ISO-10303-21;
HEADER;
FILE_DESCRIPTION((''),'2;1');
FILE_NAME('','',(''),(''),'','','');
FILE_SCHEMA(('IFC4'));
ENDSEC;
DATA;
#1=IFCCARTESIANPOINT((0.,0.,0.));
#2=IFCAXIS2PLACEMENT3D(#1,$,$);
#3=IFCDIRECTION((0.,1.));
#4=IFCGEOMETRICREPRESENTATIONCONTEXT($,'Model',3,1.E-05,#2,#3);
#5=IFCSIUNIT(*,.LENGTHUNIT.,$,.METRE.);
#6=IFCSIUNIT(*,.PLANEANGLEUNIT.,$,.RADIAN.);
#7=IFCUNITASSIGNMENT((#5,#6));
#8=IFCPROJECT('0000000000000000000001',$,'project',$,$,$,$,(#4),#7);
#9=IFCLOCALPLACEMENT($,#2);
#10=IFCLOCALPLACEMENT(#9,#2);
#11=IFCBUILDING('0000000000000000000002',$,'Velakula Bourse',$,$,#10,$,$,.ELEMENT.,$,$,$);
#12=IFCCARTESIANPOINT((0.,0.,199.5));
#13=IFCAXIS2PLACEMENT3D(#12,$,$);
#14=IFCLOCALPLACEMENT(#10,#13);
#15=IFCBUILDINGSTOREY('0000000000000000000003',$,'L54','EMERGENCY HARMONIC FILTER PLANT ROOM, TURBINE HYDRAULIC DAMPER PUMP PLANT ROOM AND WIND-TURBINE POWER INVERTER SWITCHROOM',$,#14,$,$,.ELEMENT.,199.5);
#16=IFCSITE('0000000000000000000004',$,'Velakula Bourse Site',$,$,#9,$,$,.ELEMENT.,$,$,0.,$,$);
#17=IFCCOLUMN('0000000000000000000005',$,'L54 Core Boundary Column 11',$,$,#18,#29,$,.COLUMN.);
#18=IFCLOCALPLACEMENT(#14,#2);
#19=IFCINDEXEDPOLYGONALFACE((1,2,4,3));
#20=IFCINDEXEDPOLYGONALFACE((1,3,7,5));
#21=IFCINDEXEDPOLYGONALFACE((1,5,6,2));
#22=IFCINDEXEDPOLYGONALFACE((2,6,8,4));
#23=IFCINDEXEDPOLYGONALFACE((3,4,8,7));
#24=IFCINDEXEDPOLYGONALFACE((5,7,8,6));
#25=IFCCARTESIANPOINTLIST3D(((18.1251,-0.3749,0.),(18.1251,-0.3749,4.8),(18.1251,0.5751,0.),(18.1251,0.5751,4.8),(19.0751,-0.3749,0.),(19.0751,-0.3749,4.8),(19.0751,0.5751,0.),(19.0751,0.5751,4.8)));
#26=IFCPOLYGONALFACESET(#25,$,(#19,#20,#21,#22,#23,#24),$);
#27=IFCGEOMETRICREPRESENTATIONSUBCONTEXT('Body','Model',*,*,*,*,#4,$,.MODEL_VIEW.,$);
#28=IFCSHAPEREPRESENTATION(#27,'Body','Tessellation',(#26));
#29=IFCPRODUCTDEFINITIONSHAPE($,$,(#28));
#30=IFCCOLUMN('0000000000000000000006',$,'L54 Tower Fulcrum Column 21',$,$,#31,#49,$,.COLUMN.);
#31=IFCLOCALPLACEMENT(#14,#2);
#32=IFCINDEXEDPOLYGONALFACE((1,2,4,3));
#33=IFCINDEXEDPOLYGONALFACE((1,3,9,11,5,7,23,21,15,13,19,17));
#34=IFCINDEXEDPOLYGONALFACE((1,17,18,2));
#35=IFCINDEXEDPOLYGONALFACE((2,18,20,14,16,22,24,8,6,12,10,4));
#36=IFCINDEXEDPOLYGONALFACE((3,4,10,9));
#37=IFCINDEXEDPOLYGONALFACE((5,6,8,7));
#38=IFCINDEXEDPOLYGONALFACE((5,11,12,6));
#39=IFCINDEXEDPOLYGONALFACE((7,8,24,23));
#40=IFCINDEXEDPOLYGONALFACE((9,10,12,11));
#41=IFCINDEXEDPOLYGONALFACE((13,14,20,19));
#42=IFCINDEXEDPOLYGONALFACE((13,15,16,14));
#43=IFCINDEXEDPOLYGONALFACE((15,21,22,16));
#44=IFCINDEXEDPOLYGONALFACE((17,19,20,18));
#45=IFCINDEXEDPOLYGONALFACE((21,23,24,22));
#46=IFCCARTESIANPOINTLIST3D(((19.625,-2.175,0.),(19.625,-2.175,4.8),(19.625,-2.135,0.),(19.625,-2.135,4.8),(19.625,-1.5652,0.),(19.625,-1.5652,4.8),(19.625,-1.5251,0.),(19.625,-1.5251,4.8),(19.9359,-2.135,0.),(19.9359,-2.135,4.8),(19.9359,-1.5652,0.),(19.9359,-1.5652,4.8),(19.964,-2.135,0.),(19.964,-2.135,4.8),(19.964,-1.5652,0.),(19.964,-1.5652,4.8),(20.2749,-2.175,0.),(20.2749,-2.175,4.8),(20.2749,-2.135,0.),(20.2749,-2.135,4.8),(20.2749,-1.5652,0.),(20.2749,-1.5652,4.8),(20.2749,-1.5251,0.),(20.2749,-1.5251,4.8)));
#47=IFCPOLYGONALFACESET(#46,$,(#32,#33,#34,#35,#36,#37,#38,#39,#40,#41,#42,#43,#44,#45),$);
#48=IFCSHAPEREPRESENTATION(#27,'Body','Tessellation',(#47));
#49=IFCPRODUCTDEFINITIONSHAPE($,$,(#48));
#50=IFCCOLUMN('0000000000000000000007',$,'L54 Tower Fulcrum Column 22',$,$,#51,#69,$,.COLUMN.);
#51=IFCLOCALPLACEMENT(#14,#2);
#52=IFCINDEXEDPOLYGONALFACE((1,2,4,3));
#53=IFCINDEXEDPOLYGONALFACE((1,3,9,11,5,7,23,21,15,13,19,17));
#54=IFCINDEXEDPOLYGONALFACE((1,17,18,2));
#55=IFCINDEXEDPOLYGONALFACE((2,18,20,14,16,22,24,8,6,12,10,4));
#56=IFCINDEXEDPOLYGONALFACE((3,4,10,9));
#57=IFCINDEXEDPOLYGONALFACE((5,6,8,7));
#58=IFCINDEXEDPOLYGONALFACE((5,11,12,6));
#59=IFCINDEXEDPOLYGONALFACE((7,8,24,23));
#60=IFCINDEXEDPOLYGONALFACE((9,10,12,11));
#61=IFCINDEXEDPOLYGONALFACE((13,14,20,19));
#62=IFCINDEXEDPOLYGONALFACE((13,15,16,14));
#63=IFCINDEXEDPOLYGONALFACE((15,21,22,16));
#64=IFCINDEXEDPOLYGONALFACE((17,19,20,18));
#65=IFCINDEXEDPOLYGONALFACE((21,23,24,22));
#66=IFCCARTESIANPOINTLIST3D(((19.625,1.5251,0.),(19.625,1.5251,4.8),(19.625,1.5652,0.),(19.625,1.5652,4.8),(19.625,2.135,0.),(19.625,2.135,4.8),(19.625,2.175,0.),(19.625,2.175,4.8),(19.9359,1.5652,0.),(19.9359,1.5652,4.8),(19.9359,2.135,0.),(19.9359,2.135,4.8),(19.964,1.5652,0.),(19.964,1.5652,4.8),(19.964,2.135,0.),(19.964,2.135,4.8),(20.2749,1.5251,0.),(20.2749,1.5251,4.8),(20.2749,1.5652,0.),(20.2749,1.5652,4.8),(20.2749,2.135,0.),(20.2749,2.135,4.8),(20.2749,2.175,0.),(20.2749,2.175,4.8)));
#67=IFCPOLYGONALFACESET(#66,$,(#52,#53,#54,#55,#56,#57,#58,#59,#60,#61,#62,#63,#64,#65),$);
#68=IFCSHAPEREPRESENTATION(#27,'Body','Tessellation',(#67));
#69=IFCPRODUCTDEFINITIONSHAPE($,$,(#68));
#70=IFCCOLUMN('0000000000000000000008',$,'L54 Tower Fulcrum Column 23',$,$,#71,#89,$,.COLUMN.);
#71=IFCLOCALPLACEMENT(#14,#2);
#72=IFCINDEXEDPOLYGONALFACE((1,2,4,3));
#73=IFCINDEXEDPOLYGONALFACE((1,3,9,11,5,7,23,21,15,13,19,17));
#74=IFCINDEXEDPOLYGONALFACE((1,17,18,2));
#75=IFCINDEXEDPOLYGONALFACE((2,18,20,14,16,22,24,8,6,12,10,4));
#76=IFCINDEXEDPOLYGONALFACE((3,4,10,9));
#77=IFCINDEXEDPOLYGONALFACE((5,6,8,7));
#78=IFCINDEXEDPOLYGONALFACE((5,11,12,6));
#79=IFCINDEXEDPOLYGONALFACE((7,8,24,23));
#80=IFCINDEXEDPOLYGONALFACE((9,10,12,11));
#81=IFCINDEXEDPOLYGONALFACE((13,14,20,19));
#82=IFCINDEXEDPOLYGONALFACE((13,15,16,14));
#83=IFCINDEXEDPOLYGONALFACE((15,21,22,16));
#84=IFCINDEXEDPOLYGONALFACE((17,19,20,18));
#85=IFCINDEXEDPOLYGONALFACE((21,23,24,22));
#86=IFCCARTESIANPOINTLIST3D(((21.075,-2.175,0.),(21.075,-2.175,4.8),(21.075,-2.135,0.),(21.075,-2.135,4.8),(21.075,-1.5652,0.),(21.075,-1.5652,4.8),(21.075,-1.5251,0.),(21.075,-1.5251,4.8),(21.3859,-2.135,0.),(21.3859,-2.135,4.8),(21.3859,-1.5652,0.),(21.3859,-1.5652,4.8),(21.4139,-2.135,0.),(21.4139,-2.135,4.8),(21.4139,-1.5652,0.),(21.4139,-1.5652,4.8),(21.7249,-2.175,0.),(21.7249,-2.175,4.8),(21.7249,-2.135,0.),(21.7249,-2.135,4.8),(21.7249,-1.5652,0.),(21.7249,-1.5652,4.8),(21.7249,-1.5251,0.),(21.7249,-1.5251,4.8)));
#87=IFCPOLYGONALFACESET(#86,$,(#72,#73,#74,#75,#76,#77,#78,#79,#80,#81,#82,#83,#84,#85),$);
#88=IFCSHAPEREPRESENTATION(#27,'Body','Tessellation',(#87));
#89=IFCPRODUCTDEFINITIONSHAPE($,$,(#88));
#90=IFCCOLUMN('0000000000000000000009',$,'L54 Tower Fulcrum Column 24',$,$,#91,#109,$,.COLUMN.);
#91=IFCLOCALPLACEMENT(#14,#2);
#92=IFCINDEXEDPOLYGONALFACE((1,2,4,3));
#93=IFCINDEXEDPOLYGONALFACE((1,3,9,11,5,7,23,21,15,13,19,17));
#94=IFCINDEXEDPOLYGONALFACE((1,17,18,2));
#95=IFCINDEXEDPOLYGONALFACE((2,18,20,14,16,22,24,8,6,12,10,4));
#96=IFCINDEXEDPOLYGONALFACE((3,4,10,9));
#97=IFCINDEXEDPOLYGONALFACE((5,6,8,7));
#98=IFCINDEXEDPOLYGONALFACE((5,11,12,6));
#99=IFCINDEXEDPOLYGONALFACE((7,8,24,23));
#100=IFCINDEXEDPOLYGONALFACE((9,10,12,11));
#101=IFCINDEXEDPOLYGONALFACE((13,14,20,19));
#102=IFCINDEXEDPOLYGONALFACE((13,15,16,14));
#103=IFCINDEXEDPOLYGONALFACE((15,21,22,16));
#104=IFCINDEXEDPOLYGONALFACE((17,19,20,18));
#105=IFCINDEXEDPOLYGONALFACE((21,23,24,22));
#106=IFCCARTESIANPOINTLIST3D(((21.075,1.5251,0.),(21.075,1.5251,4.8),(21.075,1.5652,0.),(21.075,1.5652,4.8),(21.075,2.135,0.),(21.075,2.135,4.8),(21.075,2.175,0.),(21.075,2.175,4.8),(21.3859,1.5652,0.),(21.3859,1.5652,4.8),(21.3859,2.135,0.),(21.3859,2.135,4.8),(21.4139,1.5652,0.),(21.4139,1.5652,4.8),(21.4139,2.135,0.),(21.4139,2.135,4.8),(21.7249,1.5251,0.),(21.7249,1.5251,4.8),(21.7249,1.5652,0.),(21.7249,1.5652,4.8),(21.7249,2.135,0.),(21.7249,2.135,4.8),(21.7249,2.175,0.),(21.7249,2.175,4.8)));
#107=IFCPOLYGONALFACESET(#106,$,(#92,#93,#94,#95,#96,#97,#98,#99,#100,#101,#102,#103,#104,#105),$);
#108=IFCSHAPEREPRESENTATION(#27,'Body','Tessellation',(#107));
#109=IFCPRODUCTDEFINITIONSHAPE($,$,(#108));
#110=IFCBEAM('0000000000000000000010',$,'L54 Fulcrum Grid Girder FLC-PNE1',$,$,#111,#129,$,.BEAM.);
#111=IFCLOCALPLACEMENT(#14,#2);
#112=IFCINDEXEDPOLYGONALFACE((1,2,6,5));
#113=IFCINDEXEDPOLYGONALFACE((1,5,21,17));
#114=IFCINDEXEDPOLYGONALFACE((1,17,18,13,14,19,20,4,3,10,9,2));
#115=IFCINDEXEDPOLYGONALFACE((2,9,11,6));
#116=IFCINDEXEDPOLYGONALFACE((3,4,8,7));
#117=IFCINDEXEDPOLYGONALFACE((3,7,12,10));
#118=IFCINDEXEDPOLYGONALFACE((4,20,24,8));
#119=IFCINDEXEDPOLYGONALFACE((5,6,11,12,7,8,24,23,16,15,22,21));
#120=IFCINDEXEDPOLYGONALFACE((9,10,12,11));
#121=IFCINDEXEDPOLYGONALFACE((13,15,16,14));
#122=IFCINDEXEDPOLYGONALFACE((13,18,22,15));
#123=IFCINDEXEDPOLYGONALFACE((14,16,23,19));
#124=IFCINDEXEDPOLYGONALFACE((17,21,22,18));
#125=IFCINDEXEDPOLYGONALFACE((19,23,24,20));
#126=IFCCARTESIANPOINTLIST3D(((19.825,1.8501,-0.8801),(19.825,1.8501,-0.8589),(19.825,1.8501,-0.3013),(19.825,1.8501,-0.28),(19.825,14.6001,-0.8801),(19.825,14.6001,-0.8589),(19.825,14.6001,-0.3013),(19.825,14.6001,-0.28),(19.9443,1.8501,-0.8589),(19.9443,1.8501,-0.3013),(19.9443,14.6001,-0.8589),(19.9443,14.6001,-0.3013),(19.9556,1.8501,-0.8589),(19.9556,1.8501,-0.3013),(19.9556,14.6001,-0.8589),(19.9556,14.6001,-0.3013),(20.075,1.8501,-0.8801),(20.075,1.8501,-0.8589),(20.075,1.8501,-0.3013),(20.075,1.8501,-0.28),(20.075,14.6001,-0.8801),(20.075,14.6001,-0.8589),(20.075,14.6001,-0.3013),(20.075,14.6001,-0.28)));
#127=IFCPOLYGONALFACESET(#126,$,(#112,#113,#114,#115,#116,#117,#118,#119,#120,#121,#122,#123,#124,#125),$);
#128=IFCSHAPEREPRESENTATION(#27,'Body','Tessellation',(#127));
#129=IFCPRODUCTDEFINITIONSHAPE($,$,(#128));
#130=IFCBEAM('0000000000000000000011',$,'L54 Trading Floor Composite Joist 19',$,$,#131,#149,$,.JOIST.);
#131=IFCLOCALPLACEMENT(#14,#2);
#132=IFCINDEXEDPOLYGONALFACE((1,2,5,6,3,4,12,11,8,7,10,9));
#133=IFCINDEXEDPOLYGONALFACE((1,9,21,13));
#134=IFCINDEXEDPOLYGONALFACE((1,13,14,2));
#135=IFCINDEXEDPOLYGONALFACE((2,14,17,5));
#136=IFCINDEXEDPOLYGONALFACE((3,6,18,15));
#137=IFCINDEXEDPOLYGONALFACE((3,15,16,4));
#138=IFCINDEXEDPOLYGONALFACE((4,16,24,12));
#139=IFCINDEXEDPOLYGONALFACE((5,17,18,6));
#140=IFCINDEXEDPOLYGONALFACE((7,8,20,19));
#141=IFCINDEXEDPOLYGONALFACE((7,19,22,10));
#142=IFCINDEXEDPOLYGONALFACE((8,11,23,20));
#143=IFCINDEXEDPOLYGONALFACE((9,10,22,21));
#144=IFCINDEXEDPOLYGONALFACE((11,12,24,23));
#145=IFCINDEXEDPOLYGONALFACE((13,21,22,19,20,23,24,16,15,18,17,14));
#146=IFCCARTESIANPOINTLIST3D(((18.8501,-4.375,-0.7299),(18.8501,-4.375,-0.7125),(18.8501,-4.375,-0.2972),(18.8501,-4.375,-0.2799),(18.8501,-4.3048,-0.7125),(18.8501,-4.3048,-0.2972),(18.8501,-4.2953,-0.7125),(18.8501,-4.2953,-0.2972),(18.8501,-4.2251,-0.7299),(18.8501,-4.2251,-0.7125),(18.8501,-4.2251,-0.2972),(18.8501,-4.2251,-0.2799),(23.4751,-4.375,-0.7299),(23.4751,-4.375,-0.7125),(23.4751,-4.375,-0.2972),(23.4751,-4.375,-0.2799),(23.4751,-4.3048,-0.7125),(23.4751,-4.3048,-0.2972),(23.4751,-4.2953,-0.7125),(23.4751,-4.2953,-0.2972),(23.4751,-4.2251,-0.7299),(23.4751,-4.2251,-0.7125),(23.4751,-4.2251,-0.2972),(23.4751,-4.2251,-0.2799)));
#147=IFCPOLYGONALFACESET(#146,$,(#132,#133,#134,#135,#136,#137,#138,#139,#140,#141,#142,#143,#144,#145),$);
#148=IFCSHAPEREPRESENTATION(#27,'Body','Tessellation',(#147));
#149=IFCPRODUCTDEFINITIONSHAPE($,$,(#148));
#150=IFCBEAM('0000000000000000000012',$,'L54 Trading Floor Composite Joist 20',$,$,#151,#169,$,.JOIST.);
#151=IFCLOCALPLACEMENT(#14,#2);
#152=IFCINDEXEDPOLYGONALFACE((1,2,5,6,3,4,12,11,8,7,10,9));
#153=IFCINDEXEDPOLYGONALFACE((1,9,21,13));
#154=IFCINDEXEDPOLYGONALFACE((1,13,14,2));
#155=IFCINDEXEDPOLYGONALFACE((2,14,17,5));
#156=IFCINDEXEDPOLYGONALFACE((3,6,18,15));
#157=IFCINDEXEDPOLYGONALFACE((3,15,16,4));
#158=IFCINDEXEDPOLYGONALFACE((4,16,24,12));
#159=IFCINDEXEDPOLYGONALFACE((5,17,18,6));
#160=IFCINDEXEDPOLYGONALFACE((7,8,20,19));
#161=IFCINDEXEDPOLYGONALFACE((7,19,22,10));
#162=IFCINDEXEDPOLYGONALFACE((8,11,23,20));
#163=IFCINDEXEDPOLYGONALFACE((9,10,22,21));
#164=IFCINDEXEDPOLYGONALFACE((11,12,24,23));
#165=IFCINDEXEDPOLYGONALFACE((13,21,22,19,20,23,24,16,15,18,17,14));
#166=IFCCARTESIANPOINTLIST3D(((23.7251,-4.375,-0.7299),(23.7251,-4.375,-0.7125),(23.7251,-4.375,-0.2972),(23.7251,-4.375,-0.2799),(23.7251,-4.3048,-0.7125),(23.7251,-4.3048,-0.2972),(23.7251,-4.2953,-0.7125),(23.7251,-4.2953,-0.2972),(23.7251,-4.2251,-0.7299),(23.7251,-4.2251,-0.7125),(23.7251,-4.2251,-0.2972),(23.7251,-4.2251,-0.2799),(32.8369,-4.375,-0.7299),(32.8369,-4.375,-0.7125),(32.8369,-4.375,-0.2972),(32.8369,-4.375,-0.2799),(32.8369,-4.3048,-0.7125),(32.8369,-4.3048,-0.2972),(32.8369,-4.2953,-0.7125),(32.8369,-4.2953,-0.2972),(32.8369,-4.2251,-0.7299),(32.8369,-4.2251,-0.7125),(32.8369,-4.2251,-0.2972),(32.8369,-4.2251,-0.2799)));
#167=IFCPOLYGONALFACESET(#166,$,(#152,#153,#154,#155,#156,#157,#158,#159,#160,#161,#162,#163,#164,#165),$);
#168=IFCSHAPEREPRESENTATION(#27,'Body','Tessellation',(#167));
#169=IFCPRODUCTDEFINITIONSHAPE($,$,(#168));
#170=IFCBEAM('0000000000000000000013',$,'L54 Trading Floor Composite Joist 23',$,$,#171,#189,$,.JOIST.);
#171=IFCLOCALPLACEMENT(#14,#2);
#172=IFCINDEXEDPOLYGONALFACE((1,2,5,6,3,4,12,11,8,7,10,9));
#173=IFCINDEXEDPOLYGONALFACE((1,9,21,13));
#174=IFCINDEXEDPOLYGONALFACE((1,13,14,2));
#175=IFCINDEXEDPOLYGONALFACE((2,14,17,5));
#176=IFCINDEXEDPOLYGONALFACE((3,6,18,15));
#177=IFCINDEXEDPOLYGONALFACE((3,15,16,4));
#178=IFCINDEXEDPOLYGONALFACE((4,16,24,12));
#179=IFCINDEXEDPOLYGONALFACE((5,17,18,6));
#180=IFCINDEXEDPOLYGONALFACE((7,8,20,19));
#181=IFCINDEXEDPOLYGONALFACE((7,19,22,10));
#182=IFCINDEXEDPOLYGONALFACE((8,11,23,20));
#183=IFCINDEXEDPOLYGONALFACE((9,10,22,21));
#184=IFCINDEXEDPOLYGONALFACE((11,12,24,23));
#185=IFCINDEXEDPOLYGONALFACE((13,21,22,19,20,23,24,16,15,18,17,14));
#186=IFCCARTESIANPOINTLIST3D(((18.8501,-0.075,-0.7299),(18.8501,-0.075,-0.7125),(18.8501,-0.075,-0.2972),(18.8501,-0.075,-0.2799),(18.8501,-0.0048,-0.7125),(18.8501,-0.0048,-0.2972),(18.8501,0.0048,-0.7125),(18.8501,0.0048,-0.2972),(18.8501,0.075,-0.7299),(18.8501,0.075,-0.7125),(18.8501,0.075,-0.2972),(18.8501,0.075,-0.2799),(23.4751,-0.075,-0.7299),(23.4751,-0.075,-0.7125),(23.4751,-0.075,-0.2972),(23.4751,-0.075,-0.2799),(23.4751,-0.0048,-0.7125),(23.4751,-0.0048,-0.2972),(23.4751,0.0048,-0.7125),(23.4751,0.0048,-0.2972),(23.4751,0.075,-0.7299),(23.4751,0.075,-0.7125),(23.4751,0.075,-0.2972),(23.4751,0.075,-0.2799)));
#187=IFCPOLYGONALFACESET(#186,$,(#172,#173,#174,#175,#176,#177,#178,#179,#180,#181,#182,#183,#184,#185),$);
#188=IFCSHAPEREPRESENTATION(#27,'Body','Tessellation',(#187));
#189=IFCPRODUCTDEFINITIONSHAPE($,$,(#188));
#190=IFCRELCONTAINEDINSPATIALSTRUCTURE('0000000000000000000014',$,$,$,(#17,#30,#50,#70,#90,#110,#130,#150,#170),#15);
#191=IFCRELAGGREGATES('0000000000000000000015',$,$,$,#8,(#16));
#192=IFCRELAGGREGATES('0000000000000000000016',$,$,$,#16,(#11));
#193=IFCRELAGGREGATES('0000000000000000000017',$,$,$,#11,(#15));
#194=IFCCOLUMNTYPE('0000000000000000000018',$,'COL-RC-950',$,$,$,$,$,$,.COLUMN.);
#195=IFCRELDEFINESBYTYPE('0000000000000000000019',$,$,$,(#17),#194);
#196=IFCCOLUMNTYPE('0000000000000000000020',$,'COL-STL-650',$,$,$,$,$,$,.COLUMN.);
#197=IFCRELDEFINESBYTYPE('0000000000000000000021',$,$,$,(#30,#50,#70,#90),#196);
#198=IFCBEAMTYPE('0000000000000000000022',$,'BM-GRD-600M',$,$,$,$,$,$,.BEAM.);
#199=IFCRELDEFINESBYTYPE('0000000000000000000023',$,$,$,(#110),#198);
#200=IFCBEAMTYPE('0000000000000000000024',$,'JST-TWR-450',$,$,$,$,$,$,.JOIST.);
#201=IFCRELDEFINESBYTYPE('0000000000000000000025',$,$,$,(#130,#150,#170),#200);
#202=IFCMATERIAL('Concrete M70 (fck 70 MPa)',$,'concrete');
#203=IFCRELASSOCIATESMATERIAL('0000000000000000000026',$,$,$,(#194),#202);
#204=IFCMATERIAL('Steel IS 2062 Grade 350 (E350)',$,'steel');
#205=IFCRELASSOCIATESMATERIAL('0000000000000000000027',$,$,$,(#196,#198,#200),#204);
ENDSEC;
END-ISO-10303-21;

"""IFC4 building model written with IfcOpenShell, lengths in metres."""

from ifc_helpers import new_model, si_unit, direction, frame, origin, origin_2d, place, context, subcontext, project, spatial, rectangle, i_section, extrude, material, material_profile, profile_set, type_object, element, save


model = new_model("IFC4")

# Units and contexts
model_context = context("Model", 3, precision=1e-05, world=origin(), true_north=direction((0.0, 1.0)))
body_context = subcontext(model_context, "Body", "Model", "MODEL_VIEW")
ifc_project = project(units=[si_unit("LENGTHUNIT", "METRE"), si_unit("PLANEANGLEUNIT", "RADIAN")], contexts=[model_context])

# Site, building, storey
site_placement = place(None, origin())
site = spatial("IfcSite", under=ifc_project, at=site_placement, Name="Velakula Bourse Site", CompositionType="ELEMENT", RefElevation=0.0)
building_placement = place(site_placement, origin())
building = spatial("IfcBuilding", under=site, at=building_placement, Name="Velakula Bourse", CompositionType="ELEMENT")
storey_placement = place(building_placement, frame((0.0, 0.0, 199.5)))
storey = spatial("IfcBuildingStorey", under=building, at=storey_placement, Name="L54", Description="EMERGENCY HARMONIC FILTER PLANT ROOM, TURBINE HYDRAULIC DAMPER PUMP PLANT ROOM AND WIND-TURBINE POWER INVERTER SWITCHROOM", CompositionType="ELEMENT", Elevation=199.5)

# Columns
ifc_material_1 = material(Name="Concrete M70 (fck 70 MPa)", Category="concrete")
ifc_material_profile_1 = material_profile(ifc_material_1, rectangle(XDim=0.95, YDim=0.95, at=origin_2d()), Name="Concrete M70 (fck 70 MPa)")
ifc_profile_set_1 = profile_set([ifc_material_profile_1], Name="Concrete M70 (fck 70 MPa)")
column_type_1 = type_object("IfcColumnType", Name="COL-RC-950", PredefinedType="COLUMN", material=ifc_profile_set_1)
column_placement = place(storey_placement, frame((18.6001, 0.1001, 0.0), z_axis=(0.0, 0.0, 1.0), x_axis=(1.0, 0.0, 0.0)))
element("IfcColumn", 1, at=column_placement, inside=storey, type_object=column_type_1, Name="L54 Core Boundary Column 11", PredefinedType="COLUMN", context=body_context, shape_type="SweptSolid", body=[
    extrude(rectangle(XDim=0.95, YDim=0.95, at=origin_2d()), origin(), (0.0, 0.0, 1.0), 4.8),
])
ifc_material_2 = material(Name="Steel IS 2062 Grade 350 (E350)", Category="steel")
ifc_material_profile_2 = material_profile(ifc_material_2, i_section(OverallWidth=0.6499, OverallDepth=0.6499, WebThickness=0.0281, FlangeThickness=0.04, at=origin_2d()), Name="Steel IS 2062 Grade 350 (E350)")
ifc_profile_set_2 = profile_set([ifc_material_profile_2], Name="Steel IS 2062 Grade 350 (E350)")
column_type_2 = type_object("IfcColumnType", Name="COL-STL-650", PredefinedType="COLUMN", material=ifc_profile_set_2)
for number, where, z_axis, x_axis, name in (
    (2, (19.95, -1.8501, 0.0), (0.0, 0.0, 1.0), (1.0, 0.0, 0.0), "L54 Tower Fulcrum Column 21"),
    (3, (19.95, 1.8501, 0.0), (0.0, 0.0, 1.0), (1.0, 0.0, 0.0), "L54 Tower Fulcrum Column 22"),
    (4, (21.3999, -1.8501, 0.0), (0.0, 0.0, 1.0), (1.0, 0.0, 0.0), "L54 Tower Fulcrum Column 23"),
    (5, (21.3999, 1.8501, 0.0), (0.0, 0.0, 1.0), (1.0, 0.0, 0.0), "L54 Tower Fulcrum Column 24"),
):
    element("IfcColumn", number, at=place(storey_placement, frame(where, z_axis=z_axis, x_axis=x_axis)), inside=storey, type_object=column_type_2, Name=name, PredefinedType="COLUMN", context=body_context, shape_type="SweptSolid", body=[
        extrude(i_section(OverallWidth=0.6499, OverallDepth=0.6499, WebThickness=0.0281, FlangeThickness=0.04, at=origin_2d()), origin(), (0.0, 0.0, 1.0), 4.8),
    ])

# Beams
ifc_material_profile_3 = material_profile(ifc_material_2, i_section(OverallWidth=0.25, OverallDepth=0.6001, WebThickness=0.0112, FlangeThickness=0.0212, at=origin_2d()), Name="Steel IS 2062 Grade 350 (E350)")
ifc_profile_set_3 = profile_set([ifc_material_profile_3], Name="Steel IS 2062 Grade 350 (E350)")
beam_type_1 = type_object("IfcBeamType", Name="BM-GRD-600M", PredefinedType="BEAM", material=ifc_profile_set_3)
beam_1_placement = place(storey_placement, frame((19.95, 1.8501, -0.5801), z_axis=(0.0, 1.0, 0.0), x_axis=(-1.0, 0.0, 0.0)))
element("IfcBeam", 6, at=beam_1_placement, inside=storey, type_object=beam_type_1, Name="L54 Fulcrum Grid Girder FLC-PNE1", PredefinedType="BEAM", context=body_context, shape_type="SweptSolid", body=[
    extrude(i_section(OverallWidth=0.25, OverallDepth=0.6001, WebThickness=0.0112, FlangeThickness=0.0212, at=origin_2d()), origin(), (0.0, 0.0, 1.0), 12.75),
])
ifc_material_profile_4 = material_profile(ifc_material_2, i_section(OverallWidth=0.1499, OverallDepth=0.45, WebThickness=0.0095, FlangeThickness=0.0173, at=origin_2d()), Name="Steel IS 2062 Grade 350 (E350)")
ifc_profile_set_4 = profile_set([ifc_material_profile_4], Name="Steel IS 2062 Grade 350 (E350)")
beam_type_2 = type_object("IfcBeamType", Name="JST-TWR-450", PredefinedType="JOIST", material=ifc_profile_set_4)
beam_2_placement = place(storey_placement, frame((18.8501, -4.3, -0.5049), z_axis=(1.0, 0.0, 0.0), x_axis=(0.0, 1.0, 0.0)))
element("IfcBeam", 7, at=beam_2_placement, inside=storey, type_object=beam_type_2, Name="L54 Trading Floor Composite Joist 19", PredefinedType="JOIST", context=body_context, shape_type="SweptSolid", body=[
    extrude(i_section(OverallWidth=0.1499, OverallDepth=0.45, WebThickness=0.0095, FlangeThickness=0.0173, at=origin_2d()), origin(), (0.0, 0.0, 1.0), 4.625),
])
beam_3_placement = place(storey_placement, frame((23.7251, -4.3, -0.5049), z_axis=(1.0, 0.0, 0.0), x_axis=(0.0, 1.0, 0.0)))
element("IfcBeam", 8, at=beam_3_placement, inside=storey, type_object=beam_type_2, Name="L54 Trading Floor Composite Joist 20", PredefinedType="JOIST", context=body_context, shape_type="SweptSolid", body=[
    extrude(i_section(OverallWidth=0.1499, OverallDepth=0.45, WebThickness=0.0095, FlangeThickness=0.0173, at=origin_2d()), origin(), (0.0, 0.0, 1.0), 9.1118),
])
beam_4_placement = place(storey_placement, frame((18.8501, 0.0, -0.5049), z_axis=(1.0, 0.0, 0.0), x_axis=(0.0, 1.0, 0.0)))
element("IfcBeam", 9, at=beam_4_placement, inside=storey, type_object=beam_type_2, Name="L54 Trading Floor Composite Joist 23", PredefinedType="JOIST", context=body_context, shape_type="SweptSolid", body=[
    extrude(i_section(OverallWidth=0.1499, OverallDepth=0.45, WebThickness=0.0095, FlangeThickness=0.0173, at=origin_2d()), origin(), (0.0, 0.0, 1.0), 4.625),
])

save(model, "model.ifc")
